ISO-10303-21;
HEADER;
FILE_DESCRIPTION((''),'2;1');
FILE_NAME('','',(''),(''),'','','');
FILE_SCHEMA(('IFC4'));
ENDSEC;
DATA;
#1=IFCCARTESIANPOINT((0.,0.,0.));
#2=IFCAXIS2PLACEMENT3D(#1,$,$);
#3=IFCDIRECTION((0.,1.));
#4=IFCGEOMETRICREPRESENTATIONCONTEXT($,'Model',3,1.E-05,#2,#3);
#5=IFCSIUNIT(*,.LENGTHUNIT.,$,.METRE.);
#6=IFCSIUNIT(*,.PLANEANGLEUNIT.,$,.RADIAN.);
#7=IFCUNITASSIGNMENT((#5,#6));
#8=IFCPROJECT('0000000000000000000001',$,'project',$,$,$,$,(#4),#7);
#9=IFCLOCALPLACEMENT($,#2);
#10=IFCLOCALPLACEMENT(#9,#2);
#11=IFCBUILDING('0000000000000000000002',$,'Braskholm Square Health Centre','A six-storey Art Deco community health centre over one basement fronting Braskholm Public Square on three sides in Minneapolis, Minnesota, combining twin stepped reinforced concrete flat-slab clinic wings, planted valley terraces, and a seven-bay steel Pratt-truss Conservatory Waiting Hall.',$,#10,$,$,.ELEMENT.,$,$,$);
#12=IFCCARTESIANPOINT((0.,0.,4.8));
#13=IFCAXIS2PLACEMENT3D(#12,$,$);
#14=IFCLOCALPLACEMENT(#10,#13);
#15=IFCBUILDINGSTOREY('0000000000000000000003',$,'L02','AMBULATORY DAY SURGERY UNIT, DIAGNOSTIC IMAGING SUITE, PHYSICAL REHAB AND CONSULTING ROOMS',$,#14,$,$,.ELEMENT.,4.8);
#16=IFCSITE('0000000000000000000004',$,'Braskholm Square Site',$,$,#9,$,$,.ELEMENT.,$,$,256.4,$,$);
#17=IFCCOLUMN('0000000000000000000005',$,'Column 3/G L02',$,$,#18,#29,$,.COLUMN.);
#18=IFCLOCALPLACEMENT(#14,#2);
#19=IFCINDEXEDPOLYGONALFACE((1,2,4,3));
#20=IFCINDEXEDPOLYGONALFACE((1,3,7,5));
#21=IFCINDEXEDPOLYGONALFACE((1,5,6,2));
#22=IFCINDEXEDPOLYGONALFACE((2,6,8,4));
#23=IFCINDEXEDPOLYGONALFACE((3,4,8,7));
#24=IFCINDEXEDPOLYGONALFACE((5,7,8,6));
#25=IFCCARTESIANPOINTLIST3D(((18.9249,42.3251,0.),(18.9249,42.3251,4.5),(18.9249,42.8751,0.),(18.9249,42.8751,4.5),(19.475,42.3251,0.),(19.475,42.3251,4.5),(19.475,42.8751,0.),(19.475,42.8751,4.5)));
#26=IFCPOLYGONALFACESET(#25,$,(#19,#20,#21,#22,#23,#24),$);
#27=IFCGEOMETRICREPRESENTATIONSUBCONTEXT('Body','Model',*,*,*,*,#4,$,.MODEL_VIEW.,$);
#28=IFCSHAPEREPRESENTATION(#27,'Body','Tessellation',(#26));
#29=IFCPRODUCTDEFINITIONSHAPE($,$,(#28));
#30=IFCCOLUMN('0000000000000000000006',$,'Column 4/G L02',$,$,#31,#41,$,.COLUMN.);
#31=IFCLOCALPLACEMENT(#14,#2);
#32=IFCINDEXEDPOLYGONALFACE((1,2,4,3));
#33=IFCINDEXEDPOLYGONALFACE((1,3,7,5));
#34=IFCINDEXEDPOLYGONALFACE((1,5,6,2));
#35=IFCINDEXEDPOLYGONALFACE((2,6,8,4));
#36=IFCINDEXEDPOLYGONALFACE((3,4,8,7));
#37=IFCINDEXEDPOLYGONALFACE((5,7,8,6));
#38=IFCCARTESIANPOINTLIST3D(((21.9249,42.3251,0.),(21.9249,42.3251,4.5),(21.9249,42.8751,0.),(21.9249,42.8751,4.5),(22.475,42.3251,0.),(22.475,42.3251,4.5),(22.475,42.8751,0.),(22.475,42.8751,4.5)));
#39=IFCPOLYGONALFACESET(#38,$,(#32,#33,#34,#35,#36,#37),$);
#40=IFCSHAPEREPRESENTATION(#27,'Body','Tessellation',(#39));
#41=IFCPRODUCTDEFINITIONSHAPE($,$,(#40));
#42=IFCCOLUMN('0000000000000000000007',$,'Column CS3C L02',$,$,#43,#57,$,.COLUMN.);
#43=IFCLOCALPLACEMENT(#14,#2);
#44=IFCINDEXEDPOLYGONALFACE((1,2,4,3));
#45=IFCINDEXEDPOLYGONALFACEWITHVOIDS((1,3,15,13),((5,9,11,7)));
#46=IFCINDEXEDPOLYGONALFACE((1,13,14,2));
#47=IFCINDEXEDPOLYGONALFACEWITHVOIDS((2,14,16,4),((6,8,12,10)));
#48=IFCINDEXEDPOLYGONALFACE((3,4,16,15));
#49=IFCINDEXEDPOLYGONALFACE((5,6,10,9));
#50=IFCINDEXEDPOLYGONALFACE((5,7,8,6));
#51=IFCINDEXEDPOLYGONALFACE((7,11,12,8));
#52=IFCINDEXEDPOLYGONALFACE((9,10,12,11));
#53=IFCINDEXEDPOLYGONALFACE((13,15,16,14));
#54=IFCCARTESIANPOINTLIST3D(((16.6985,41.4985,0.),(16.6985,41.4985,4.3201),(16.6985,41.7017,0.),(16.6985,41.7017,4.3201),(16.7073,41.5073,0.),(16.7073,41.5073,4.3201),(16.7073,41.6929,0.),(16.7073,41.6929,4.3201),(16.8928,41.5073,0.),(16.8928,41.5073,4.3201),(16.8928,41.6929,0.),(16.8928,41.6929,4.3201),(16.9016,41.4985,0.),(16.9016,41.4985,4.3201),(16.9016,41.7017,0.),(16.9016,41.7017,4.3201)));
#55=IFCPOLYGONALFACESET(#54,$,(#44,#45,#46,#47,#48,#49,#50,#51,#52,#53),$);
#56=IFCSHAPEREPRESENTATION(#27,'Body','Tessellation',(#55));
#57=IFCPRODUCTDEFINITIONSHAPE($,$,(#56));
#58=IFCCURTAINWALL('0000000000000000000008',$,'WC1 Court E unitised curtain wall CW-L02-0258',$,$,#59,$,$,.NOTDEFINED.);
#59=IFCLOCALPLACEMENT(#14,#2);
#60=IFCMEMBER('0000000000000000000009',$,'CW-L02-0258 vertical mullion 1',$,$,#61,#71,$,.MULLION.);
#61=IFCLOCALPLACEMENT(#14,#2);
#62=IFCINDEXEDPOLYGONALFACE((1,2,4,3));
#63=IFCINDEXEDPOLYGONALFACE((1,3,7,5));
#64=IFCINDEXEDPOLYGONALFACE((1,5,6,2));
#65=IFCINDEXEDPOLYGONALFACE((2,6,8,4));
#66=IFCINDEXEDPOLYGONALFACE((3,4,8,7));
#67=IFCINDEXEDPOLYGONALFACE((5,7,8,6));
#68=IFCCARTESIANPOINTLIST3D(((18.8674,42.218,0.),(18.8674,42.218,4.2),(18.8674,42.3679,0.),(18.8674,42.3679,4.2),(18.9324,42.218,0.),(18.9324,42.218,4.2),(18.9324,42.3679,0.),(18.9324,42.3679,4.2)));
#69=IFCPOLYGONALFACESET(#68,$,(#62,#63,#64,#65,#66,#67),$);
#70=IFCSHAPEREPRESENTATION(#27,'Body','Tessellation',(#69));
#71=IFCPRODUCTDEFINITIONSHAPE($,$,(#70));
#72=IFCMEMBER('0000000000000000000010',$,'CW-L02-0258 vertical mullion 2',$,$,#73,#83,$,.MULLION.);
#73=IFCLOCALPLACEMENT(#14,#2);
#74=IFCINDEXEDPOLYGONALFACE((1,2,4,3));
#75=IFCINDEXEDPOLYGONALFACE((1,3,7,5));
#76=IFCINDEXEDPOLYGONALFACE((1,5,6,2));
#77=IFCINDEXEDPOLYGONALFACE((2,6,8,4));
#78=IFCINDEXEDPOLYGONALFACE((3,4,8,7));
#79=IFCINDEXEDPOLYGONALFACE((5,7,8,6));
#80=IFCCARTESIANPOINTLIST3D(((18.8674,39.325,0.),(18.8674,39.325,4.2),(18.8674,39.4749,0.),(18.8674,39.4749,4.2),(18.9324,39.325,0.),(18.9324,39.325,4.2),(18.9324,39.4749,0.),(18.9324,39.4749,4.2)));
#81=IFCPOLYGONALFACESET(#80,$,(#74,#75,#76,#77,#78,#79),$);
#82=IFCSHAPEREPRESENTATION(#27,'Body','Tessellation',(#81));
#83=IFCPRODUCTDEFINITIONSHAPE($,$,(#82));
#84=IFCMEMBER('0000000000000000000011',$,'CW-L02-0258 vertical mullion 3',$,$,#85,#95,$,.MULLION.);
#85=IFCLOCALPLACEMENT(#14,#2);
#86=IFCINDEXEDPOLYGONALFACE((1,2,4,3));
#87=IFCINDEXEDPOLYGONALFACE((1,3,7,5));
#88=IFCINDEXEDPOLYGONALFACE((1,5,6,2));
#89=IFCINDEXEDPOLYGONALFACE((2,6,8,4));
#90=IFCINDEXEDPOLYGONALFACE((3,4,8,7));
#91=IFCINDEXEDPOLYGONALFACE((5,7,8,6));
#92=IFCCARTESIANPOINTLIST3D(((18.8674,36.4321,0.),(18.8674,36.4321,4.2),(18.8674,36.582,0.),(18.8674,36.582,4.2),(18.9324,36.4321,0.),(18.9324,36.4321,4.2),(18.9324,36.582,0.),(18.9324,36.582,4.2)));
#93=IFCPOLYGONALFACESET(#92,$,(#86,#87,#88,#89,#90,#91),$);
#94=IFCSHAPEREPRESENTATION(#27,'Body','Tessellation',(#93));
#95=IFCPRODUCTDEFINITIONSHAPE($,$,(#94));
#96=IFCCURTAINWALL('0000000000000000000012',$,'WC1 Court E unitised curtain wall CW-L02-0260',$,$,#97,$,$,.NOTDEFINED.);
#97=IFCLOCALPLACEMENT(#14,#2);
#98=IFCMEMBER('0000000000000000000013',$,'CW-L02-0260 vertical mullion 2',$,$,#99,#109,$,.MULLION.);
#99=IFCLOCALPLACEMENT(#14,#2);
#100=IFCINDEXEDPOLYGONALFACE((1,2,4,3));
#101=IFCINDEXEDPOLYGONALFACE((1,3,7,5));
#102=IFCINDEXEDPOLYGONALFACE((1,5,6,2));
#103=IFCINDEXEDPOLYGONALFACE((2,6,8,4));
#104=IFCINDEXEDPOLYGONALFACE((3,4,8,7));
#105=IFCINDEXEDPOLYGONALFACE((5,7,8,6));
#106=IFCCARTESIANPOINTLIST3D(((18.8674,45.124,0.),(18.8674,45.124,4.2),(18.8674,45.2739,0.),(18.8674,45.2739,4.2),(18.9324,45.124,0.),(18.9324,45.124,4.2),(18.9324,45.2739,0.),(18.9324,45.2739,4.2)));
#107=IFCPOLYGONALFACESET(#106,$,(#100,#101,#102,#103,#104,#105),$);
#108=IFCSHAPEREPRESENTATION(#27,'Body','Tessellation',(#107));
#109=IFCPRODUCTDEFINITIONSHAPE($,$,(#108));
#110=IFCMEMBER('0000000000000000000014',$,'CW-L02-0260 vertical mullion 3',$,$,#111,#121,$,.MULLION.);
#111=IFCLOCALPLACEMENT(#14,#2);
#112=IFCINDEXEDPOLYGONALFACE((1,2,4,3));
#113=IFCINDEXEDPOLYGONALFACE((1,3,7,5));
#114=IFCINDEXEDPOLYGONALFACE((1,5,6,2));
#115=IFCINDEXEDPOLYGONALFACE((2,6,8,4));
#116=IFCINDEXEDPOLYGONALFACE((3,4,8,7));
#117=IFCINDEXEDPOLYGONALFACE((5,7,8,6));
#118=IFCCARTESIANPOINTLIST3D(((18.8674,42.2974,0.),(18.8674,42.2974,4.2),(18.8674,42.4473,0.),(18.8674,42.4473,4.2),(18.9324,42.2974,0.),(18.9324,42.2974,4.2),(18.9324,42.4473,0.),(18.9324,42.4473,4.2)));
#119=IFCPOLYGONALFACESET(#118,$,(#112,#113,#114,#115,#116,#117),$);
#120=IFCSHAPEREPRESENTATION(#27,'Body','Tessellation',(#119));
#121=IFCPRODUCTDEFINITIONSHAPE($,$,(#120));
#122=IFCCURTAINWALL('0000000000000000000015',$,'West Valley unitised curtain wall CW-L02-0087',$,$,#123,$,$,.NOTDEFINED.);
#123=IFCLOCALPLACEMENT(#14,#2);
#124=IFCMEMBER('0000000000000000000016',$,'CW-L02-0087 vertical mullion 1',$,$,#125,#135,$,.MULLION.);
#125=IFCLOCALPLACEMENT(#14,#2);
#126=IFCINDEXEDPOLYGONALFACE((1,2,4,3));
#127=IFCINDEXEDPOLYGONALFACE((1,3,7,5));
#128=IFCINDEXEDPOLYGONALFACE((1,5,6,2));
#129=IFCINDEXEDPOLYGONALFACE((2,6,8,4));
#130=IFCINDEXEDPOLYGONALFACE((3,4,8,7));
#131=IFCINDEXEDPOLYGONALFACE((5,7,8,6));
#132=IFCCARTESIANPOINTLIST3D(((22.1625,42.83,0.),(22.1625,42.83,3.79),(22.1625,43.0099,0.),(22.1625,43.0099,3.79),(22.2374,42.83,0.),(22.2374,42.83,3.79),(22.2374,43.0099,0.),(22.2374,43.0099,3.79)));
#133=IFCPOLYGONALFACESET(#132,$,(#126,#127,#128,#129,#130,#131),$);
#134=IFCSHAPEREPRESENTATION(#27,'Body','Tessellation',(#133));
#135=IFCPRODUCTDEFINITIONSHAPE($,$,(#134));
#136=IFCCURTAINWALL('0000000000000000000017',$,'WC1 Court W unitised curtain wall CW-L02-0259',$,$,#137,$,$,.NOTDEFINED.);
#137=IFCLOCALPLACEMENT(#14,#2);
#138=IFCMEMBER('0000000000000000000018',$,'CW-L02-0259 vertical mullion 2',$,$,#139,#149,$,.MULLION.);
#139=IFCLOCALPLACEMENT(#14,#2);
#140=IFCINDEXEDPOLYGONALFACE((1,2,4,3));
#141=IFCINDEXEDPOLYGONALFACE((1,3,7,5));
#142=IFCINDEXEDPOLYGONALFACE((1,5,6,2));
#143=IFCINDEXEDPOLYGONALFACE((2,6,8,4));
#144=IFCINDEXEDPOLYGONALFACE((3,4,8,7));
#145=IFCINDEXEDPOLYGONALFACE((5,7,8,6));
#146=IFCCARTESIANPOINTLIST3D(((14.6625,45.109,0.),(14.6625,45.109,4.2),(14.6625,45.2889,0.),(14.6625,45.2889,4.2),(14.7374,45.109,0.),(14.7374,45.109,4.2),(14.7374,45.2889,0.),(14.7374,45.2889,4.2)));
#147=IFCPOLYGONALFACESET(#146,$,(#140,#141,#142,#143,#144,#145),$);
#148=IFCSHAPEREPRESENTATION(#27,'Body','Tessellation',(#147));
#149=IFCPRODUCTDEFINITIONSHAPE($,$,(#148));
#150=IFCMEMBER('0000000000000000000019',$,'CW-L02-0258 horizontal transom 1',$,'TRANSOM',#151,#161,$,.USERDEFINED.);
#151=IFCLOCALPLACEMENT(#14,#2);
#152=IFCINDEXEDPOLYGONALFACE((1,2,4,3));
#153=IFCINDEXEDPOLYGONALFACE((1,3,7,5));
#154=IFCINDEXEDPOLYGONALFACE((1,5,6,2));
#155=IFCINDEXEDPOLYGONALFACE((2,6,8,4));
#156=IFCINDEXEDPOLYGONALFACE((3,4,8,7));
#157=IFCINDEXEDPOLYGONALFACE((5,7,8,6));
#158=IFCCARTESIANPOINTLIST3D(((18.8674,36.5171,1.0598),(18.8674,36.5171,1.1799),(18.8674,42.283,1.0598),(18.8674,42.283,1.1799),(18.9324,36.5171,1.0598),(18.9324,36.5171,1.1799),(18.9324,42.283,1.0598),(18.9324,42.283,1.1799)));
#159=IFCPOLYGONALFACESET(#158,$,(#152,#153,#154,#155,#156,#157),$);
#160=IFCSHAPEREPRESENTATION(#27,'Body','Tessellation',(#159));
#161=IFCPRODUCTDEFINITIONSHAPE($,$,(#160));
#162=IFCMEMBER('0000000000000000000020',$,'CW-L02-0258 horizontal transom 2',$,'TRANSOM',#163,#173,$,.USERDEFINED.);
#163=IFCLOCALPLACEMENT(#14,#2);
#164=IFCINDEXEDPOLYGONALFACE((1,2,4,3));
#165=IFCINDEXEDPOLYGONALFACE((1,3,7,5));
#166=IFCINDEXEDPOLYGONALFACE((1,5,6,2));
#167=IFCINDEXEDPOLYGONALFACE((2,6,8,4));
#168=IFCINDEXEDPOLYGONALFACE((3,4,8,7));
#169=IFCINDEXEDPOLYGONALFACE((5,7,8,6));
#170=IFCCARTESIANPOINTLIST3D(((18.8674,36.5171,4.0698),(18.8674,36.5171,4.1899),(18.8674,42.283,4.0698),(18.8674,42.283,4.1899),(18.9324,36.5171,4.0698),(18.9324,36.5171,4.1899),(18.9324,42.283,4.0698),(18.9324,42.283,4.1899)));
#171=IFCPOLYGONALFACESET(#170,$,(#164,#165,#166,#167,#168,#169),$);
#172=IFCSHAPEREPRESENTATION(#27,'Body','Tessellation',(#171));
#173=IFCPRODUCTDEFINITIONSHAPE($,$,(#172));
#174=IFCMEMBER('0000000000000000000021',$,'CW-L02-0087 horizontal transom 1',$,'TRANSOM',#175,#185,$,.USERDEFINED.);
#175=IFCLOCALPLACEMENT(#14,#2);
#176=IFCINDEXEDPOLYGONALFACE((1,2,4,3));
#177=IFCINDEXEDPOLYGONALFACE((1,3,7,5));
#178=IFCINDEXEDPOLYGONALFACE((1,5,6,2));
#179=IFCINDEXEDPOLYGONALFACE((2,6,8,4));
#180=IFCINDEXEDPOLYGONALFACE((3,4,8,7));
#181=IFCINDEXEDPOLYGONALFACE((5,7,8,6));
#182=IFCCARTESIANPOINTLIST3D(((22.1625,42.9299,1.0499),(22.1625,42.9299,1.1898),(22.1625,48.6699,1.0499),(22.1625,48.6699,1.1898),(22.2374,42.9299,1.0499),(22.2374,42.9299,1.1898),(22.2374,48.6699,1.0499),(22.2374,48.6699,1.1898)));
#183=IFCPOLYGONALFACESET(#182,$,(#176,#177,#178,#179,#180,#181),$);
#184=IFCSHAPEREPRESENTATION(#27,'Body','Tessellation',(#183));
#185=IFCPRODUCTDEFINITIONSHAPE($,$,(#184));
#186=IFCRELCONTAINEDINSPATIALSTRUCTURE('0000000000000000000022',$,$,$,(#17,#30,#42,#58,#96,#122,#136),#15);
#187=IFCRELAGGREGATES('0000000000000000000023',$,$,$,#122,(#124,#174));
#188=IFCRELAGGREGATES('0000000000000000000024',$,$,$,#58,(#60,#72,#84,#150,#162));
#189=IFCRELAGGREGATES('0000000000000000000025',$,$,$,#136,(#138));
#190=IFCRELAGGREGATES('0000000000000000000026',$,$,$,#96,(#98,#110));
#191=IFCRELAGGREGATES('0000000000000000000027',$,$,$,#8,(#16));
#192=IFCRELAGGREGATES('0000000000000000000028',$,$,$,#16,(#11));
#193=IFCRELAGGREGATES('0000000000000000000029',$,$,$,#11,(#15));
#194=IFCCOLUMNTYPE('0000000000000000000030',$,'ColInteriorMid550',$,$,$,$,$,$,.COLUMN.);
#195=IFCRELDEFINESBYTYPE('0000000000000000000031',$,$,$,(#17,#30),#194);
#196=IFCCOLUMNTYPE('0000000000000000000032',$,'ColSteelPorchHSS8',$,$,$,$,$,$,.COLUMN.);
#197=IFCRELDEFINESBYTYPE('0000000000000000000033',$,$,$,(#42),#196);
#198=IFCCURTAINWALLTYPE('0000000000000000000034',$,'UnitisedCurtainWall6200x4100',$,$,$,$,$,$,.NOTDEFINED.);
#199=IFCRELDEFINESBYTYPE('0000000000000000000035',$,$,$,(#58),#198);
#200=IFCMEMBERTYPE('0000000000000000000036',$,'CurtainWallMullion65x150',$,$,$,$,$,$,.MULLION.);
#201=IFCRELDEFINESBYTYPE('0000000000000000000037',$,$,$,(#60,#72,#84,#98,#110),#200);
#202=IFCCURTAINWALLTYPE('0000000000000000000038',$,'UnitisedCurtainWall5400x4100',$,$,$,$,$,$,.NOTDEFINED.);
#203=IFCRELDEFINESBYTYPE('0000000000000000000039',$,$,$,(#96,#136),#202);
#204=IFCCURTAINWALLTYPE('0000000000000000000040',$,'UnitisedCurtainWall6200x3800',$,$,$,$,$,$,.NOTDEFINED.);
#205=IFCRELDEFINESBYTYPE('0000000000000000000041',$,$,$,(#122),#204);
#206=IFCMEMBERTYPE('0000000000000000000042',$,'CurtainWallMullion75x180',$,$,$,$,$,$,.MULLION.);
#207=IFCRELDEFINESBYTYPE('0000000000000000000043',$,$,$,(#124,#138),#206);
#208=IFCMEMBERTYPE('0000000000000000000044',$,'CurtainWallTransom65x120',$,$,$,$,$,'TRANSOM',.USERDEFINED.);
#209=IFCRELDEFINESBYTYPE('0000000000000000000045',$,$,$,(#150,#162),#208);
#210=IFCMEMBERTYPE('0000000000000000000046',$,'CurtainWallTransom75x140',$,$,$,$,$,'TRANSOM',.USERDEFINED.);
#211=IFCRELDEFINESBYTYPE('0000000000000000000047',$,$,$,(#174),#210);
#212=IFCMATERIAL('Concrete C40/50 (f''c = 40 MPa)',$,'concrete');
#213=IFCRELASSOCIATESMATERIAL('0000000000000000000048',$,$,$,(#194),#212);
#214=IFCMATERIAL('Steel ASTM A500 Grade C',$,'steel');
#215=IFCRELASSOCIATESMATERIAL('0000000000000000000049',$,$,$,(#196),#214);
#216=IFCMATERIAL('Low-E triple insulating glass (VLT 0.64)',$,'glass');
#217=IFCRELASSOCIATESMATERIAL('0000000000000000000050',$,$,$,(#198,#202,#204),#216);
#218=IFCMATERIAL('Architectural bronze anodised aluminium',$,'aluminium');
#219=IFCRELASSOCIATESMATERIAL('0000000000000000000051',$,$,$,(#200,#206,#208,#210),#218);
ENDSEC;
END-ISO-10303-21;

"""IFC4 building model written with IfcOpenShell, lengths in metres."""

from ifc_helpers import new_model, si_unit, direction, frame, origin, origin_2d, place, context, subcontext, project, spatial, rectangle, hollow_rectangle, extrude, material, material_profile, profile_set, type_object, element, aggregate, save


model = new_model("IFC4")

# Units and contexts
model_context = context("Model", 3, precision=1e-05, world=origin(), true_north=direction((0.0, 1.0)))
body_context = subcontext(model_context, "Body", "Model", "MODEL_VIEW")
ifc_project = project(units=[si_unit("LENGTHUNIT", "METRE"), si_unit("PLANEANGLEUNIT", "RADIAN")], contexts=[model_context])

# Site, building, storey
site_placement = place(None, origin())
site = spatial("IfcSite", under=ifc_project, at=site_placement, Name="Braskholm Square Site", CompositionType="ELEMENT", RefElevation=256.4)
building_placement = place(site_placement, origin())
building = spatial("IfcBuilding", under=site, at=building_placement, Name="Braskholm Square Health Centre", Description="A six-storey Art Deco community health centre over one basement fronting Braskholm Public Square on three sides in Minneapolis, Minnesota, combining twin stepped reinforced concrete flat-slab clinic wings, planted valley terraces, and a seven-bay steel Pratt-truss Conservatory Waiting Hall.", CompositionType="ELEMENT")
storey_placement = place(building_placement, frame((0.0, 0.0, 4.8)))
storey = spatial("IfcBuildingStorey", under=building, at=storey_placement, Name="L02", Description="AMBULATORY DAY SURGERY UNIT, DIAGNOSTIC IMAGING SUITE, PHYSICAL REHAB AND CONSULTING ROOMS", CompositionType="ELEMENT", Elevation=4.8)

# Columns
ifc_material_1 = material(Name="Concrete C40/50 (f'c = 40 MPa)", Category="concrete")
ifc_material_profile_1 = material_profile(ifc_material_1, rectangle(XDim=0.55, YDim=0.55, at=origin_2d()), Name="RC-550X550")
ifc_profile_set_1 = profile_set([ifc_material_profile_1], Name="Concrete C40/50 (f'c = 40 MPa)")
column_type_1 = type_object("IfcColumnType", Name="ColInteriorMid550", PredefinedType="COLUMN", material=ifc_profile_set_1)
for number, where, z_axis, x_axis, name in (
    (1, (19.2, 42.6001, 0.0), (0.0, 0.0, 1.0), (1.0, 0.0, 0.0), "Column 3/G L02"),
    (2, (22.2, 42.6001, 0.0), (0.0, 0.0, 1.0), (1.0, 0.0, 0.0), "Column 4/G L02"),
):
    element("IfcColumn", number, at=place(storey_placement, frame(where, z_axis=z_axis, x_axis=x_axis)), inside=storey, type_object=column_type_1, Name=name, PredefinedType="COLUMN", context=body_context, shape_type="SweptSolid", body=[
        extrude(rectangle(XDim=0.55, YDim=0.55, at=origin_2d()), origin(), (0.0, 0.0, 1.0), 4.5),
    ])
ifc_material_2 = material(Name="Steel ASTM A500 Grade C", Category="steel")
ifc_material_profile_2 = material_profile(ifc_material_2, hollow_rectangle(XDim=0.2031, YDim=0.2031, WallThickness=0.0088, at=origin_2d()), Name="HSS8X8X3/8")
ifc_profile_set_2 = profile_set([ifc_material_profile_2], Name="Steel ASTM A500 Grade C")
column_type_2 = type_object("IfcColumnType", Name="ColSteelPorchHSS8", PredefinedType="COLUMN", material=ifc_profile_set_2)
column_placement = place(storey_placement, frame((16.8, 41.6001, 0.0), z_axis=(0.0, 0.0, 1.0), x_axis=(1.0, 0.0, 0.0)))
element("IfcColumn", 3, at=column_placement, inside=storey, type_object=column_type_2, Name="Column CS3C L02", PredefinedType="COLUMN", context=body_context, shape_type="SweptSolid", body=[
    extrude(hollow_rectangle(XDim=0.2031, YDim=0.2031, WallThickness=0.0088, at=origin_2d()), origin(), (0.0, 0.0, 1.0), 4.3201),
])

# Curtain walls, members
ifc_material_3 = material(Name="Low-E triple insulating glass (VLT 0.64)", Category="glass")
curtain_wall_type_1 = type_object("IfcCurtainWallType", Name="UnitisedCurtainWall6200x4100", PredefinedType="NOTDEFINED", material=ifc_material_3)
curtain_wall_1_placement = place(storey_placement, origin())
curtain_wall_1 = element("IfcCurtainWall", 4, at=curtain_wall_1_placement, inside=storey, type_object=curtain_wall_type_1, Name="WC1 Court E unitised curtain wall CW-L02-0258", PredefinedType="NOTDEFINED")
ifc_material_4 = material(Name="Architectural bronze anodised aluminium", Category="aluminium")
ifc_material_profile_3 = material_profile(ifc_material_4, rectangle(XDim=0.0649, YDim=0.1499, at=origin_2d()), Name="ALU-65X150")
ifc_profile_set_3 = profile_set([ifc_material_profile_3], Name="Architectural bronze anodised aluminium")
member_type_1 = type_object("IfcMemberType", Name="CurtainWallMullion65x150", PredefinedType="MULLION", material=ifc_profile_set_3)
member_1_placement = place(storey_placement, frame((18.8999, 42.293, 0.0), z_axis=(0.0, 0.0, 1.0), x_axis=(1.0, 0.0, 0.0)))
member_1 = element("IfcMember", 5, at=member_1_placement, type_object=member_type_1, Name="CW-L02-0258 vertical mullion 1", PredefinedType="MULLION", context=body_context, shape_type="SweptSolid", body=[
    extrude(rectangle(XDim=0.0649, YDim=0.1499, at=origin_2d()), origin(), (0.0, 0.0, 1.0), 4.2),
])
member_2_placement = place(storey_placement, frame((18.8999, 39.3999, 0.0), z_axis=(0.0, 0.0, 1.0), x_axis=(1.0, 0.0, 0.0)))
member_2 = element("IfcMember", 6, at=member_2_placement, type_object=member_type_1, Name="CW-L02-0258 vertical mullion 2", PredefinedType="MULLION", context=body_context, shape_type="SweptSolid", body=[
    extrude(rectangle(XDim=0.0649, YDim=0.1499, at=origin_2d()), origin(), (0.0, 0.0, 1.0), 4.2),
])
member_3_placement = place(storey_placement, frame((18.8999, 36.5071, 0.0), z_axis=(0.0, 0.0, 1.0), x_axis=(1.0, 0.0, 0.0)))
member_3 = element("IfcMember", 7, at=member_3_placement, type_object=member_type_1, Name="CW-L02-0258 vertical mullion 3", PredefinedType="MULLION", context=body_context, shape_type="SweptSolid", body=[
    extrude(rectangle(XDim=0.0649, YDim=0.1499, at=origin_2d()), origin(), (0.0, 0.0, 1.0), 4.2),
])
curtain_wall_type_2 = type_object("IfcCurtainWallType", Name="UnitisedCurtainWall5400x4100", PredefinedType="NOTDEFINED", material=ifc_material_3)
curtain_wall_2_placement = place(storey_placement, origin())
curtain_wall_2 = element("IfcCurtainWall", 8, at=curtain_wall_2_placement, inside=storey, type_object=curtain_wall_type_2, Name="WC1 Court E unitised curtain wall CW-L02-0260", PredefinedType="NOTDEFINED")
member_4_placement = place(storey_placement, frame((18.8999, 45.199, 0.0), z_axis=(0.0, 0.0, 1.0), x_axis=(1.0, 0.0, 0.0)))
member_4 = element("IfcMember", 9, at=member_4_placement, type_object=member_type_1, Name="CW-L02-0260 vertical mullion 2", PredefinedType="MULLION", context=body_context, shape_type="SweptSolid", body=[
    extrude(rectangle(XDim=0.0649, YDim=0.1499, at=origin_2d()), origin(), (0.0, 0.0, 1.0), 4.2),
])
member_5_placement = place(storey_placement, frame((18.8999, 42.3723, 0.0), z_axis=(0.0, 0.0, 1.0), x_axis=(1.0, 0.0, 0.0)))
member_5 = element("IfcMember", 10, at=member_5_placement, type_object=member_type_1, Name="CW-L02-0260 vertical mullion 3", PredefinedType="MULLION", context=body_context, shape_type="SweptSolid", body=[
    extrude(rectangle(XDim=0.0649, YDim=0.1499, at=origin_2d()), origin(), (0.0, 0.0, 1.0), 4.2),
])

# Curtain walls, members
curtain_wall_type_3 = type_object("IfcCurtainWallType", Name="UnitisedCurtainWall6200x3800", PredefinedType="NOTDEFINED", material=ifc_material_3)
curtain_wall_3_placement = place(storey_placement, origin())
curtain_wall_3 = element("IfcCurtainWall", 11, at=curtain_wall_3_placement, inside=storey, type_object=curtain_wall_type_3, Name="West Valley unitised curtain wall CW-L02-0087", PredefinedType="NOTDEFINED")
ifc_material_profile_4 = material_profile(ifc_material_4, rectangle(XDim=0.075, YDim=0.1799, at=origin_2d()), Name="ALU-75X180")
ifc_profile_set_4 = profile_set([ifc_material_profile_4], Name="Architectural bronze anodised aluminium")
member_type_2 = type_object("IfcMemberType", Name="CurtainWallMullion75x180", PredefinedType="MULLION", material=ifc_profile_set_4)
member_6_placement = place(storey_placement, frame((22.2, 42.9199, 0.0), z_axis=(0.0, 0.0, 1.0), x_axis=(1.0, 0.0, 0.0)))
member_6 = element("IfcMember", 12, at=member_6_placement, type_object=member_type_2, Name="CW-L02-0087 vertical mullion 1", PredefinedType="MULLION", context=body_context, shape_type="SweptSolid", body=[
    extrude(rectangle(XDim=0.075, YDim=0.1799, at=origin_2d()), origin(), (0.0, 0.0, 1.0), 3.79),
])
curtain_wall_4_placement = place(storey_placement, origin())
curtain_wall_4 = element("IfcCurtainWall", 13, at=curtain_wall_4_placement, inside=storey, type_object=curtain_wall_type_2, Name="WC1 Court W unitised curtain wall CW-L02-0259", PredefinedType="NOTDEFINED")
member_7_placement = place(storey_placement, frame((14.7, 45.199, 0.0), z_axis=(0.0, 0.0, 1.0), x_axis=(1.0, 0.0, 0.0)))
member_7 = element("IfcMember", 14, at=member_7_placement, type_object=member_type_2, Name="CW-L02-0259 vertical mullion 2", PredefinedType="MULLION", context=body_context, shape_type="SweptSolid", body=[
    extrude(rectangle(XDim=0.075, YDim=0.1799, at=origin_2d()), origin(), (0.0, 0.0, 1.0), 4.2),
])

# Members
ifc_material_profile_5 = material_profile(ifc_material_4, rectangle(XDim=0.0649, YDim=0.1201, at=origin_2d()), Name="ALU-65X120")
ifc_profile_set_5 = profile_set([ifc_material_profile_5], Name="Architectural bronze anodised aluminium")
member_type_3 = type_object("IfcMemberType", Name="CurtainWallTransom65x120", ElementType="TRANSOM", PredefinedType="USERDEFINED", material=ifc_profile_set_5)
member_8_placement = place(storey_placement, frame((18.8999, 42.283, 1.1199), z_axis=(0.0, -1.0, 0.0), x_axis=(1.0, 0.0, 0.0)))
member_8 = element("IfcMember", 15, at=member_8_placement, type_object=member_type_3, Name="CW-L02-0258 horizontal transom 1", ObjectType="TRANSOM", PredefinedType="USERDEFINED", context=body_context, shape_type="SweptSolid", body=[
    extrude(rectangle(XDim=0.0649, YDim=0.1201, at=origin_2d()), origin(), (0.0, 0.0, 1.0), 5.7659),
])
member_9_placement = place(storey_placement, frame((18.8999, 42.283, 4.1299), z_axis=(0.0, -1.0, 0.0), x_axis=(1.0, 0.0, 0.0)))
member_9 = element("IfcMember", 16, at=member_9_placement, type_object=member_type_3, Name="CW-L02-0258 horizontal transom 2", ObjectType="TRANSOM", PredefinedType="USERDEFINED", context=body_context, shape_type="SweptSolid", body=[
    extrude(rectangle(XDim=0.0649, YDim=0.1201, at=origin_2d()), origin(), (0.0, 0.0, 1.0), 5.7659),
])
ifc_material_profile_6 = material_profile(ifc_material_4, rectangle(XDim=0.075, YDim=0.1399, at=origin_2d()), Name="ALU-75X140")
ifc_profile_set_6 = profile_set([ifc_material_profile_6], Name="Architectural bronze anodised aluminium")
member_type_4 = type_object("IfcMemberType", Name="CurtainWallTransom75x140", ElementType="TRANSOM", PredefinedType="USERDEFINED", material=ifc_profile_set_6)
member_10_placement = place(storey_placement, frame((22.2, 42.9299, 1.1199), z_axis=(0.0, 1.0, 0.0), x_axis=(-1.0, 0.0, 0.0)))
member_10 = element("IfcMember", 17, at=member_10_placement, type_object=member_type_4, Name="CW-L02-0087 horizontal transom 1", ObjectType="TRANSOM", PredefinedType="USERDEFINED", context=body_context, shape_type="SweptSolid", body=[
    extrude(rectangle(XDim=0.075, YDim=0.1399, at=origin_2d()), origin(), (0.0, 0.0, 1.0), 5.74),
])

aggregate(curtain_wall_3, [member_6, member_10])
aggregate(curtain_wall_1, [member_1, member_2, member_3, member_8, member_9])
aggregate(curtain_wall_4, [member_7])
aggregate(curtain_wall_2, [member_4, member_5])

save(model, "model.ifc")
